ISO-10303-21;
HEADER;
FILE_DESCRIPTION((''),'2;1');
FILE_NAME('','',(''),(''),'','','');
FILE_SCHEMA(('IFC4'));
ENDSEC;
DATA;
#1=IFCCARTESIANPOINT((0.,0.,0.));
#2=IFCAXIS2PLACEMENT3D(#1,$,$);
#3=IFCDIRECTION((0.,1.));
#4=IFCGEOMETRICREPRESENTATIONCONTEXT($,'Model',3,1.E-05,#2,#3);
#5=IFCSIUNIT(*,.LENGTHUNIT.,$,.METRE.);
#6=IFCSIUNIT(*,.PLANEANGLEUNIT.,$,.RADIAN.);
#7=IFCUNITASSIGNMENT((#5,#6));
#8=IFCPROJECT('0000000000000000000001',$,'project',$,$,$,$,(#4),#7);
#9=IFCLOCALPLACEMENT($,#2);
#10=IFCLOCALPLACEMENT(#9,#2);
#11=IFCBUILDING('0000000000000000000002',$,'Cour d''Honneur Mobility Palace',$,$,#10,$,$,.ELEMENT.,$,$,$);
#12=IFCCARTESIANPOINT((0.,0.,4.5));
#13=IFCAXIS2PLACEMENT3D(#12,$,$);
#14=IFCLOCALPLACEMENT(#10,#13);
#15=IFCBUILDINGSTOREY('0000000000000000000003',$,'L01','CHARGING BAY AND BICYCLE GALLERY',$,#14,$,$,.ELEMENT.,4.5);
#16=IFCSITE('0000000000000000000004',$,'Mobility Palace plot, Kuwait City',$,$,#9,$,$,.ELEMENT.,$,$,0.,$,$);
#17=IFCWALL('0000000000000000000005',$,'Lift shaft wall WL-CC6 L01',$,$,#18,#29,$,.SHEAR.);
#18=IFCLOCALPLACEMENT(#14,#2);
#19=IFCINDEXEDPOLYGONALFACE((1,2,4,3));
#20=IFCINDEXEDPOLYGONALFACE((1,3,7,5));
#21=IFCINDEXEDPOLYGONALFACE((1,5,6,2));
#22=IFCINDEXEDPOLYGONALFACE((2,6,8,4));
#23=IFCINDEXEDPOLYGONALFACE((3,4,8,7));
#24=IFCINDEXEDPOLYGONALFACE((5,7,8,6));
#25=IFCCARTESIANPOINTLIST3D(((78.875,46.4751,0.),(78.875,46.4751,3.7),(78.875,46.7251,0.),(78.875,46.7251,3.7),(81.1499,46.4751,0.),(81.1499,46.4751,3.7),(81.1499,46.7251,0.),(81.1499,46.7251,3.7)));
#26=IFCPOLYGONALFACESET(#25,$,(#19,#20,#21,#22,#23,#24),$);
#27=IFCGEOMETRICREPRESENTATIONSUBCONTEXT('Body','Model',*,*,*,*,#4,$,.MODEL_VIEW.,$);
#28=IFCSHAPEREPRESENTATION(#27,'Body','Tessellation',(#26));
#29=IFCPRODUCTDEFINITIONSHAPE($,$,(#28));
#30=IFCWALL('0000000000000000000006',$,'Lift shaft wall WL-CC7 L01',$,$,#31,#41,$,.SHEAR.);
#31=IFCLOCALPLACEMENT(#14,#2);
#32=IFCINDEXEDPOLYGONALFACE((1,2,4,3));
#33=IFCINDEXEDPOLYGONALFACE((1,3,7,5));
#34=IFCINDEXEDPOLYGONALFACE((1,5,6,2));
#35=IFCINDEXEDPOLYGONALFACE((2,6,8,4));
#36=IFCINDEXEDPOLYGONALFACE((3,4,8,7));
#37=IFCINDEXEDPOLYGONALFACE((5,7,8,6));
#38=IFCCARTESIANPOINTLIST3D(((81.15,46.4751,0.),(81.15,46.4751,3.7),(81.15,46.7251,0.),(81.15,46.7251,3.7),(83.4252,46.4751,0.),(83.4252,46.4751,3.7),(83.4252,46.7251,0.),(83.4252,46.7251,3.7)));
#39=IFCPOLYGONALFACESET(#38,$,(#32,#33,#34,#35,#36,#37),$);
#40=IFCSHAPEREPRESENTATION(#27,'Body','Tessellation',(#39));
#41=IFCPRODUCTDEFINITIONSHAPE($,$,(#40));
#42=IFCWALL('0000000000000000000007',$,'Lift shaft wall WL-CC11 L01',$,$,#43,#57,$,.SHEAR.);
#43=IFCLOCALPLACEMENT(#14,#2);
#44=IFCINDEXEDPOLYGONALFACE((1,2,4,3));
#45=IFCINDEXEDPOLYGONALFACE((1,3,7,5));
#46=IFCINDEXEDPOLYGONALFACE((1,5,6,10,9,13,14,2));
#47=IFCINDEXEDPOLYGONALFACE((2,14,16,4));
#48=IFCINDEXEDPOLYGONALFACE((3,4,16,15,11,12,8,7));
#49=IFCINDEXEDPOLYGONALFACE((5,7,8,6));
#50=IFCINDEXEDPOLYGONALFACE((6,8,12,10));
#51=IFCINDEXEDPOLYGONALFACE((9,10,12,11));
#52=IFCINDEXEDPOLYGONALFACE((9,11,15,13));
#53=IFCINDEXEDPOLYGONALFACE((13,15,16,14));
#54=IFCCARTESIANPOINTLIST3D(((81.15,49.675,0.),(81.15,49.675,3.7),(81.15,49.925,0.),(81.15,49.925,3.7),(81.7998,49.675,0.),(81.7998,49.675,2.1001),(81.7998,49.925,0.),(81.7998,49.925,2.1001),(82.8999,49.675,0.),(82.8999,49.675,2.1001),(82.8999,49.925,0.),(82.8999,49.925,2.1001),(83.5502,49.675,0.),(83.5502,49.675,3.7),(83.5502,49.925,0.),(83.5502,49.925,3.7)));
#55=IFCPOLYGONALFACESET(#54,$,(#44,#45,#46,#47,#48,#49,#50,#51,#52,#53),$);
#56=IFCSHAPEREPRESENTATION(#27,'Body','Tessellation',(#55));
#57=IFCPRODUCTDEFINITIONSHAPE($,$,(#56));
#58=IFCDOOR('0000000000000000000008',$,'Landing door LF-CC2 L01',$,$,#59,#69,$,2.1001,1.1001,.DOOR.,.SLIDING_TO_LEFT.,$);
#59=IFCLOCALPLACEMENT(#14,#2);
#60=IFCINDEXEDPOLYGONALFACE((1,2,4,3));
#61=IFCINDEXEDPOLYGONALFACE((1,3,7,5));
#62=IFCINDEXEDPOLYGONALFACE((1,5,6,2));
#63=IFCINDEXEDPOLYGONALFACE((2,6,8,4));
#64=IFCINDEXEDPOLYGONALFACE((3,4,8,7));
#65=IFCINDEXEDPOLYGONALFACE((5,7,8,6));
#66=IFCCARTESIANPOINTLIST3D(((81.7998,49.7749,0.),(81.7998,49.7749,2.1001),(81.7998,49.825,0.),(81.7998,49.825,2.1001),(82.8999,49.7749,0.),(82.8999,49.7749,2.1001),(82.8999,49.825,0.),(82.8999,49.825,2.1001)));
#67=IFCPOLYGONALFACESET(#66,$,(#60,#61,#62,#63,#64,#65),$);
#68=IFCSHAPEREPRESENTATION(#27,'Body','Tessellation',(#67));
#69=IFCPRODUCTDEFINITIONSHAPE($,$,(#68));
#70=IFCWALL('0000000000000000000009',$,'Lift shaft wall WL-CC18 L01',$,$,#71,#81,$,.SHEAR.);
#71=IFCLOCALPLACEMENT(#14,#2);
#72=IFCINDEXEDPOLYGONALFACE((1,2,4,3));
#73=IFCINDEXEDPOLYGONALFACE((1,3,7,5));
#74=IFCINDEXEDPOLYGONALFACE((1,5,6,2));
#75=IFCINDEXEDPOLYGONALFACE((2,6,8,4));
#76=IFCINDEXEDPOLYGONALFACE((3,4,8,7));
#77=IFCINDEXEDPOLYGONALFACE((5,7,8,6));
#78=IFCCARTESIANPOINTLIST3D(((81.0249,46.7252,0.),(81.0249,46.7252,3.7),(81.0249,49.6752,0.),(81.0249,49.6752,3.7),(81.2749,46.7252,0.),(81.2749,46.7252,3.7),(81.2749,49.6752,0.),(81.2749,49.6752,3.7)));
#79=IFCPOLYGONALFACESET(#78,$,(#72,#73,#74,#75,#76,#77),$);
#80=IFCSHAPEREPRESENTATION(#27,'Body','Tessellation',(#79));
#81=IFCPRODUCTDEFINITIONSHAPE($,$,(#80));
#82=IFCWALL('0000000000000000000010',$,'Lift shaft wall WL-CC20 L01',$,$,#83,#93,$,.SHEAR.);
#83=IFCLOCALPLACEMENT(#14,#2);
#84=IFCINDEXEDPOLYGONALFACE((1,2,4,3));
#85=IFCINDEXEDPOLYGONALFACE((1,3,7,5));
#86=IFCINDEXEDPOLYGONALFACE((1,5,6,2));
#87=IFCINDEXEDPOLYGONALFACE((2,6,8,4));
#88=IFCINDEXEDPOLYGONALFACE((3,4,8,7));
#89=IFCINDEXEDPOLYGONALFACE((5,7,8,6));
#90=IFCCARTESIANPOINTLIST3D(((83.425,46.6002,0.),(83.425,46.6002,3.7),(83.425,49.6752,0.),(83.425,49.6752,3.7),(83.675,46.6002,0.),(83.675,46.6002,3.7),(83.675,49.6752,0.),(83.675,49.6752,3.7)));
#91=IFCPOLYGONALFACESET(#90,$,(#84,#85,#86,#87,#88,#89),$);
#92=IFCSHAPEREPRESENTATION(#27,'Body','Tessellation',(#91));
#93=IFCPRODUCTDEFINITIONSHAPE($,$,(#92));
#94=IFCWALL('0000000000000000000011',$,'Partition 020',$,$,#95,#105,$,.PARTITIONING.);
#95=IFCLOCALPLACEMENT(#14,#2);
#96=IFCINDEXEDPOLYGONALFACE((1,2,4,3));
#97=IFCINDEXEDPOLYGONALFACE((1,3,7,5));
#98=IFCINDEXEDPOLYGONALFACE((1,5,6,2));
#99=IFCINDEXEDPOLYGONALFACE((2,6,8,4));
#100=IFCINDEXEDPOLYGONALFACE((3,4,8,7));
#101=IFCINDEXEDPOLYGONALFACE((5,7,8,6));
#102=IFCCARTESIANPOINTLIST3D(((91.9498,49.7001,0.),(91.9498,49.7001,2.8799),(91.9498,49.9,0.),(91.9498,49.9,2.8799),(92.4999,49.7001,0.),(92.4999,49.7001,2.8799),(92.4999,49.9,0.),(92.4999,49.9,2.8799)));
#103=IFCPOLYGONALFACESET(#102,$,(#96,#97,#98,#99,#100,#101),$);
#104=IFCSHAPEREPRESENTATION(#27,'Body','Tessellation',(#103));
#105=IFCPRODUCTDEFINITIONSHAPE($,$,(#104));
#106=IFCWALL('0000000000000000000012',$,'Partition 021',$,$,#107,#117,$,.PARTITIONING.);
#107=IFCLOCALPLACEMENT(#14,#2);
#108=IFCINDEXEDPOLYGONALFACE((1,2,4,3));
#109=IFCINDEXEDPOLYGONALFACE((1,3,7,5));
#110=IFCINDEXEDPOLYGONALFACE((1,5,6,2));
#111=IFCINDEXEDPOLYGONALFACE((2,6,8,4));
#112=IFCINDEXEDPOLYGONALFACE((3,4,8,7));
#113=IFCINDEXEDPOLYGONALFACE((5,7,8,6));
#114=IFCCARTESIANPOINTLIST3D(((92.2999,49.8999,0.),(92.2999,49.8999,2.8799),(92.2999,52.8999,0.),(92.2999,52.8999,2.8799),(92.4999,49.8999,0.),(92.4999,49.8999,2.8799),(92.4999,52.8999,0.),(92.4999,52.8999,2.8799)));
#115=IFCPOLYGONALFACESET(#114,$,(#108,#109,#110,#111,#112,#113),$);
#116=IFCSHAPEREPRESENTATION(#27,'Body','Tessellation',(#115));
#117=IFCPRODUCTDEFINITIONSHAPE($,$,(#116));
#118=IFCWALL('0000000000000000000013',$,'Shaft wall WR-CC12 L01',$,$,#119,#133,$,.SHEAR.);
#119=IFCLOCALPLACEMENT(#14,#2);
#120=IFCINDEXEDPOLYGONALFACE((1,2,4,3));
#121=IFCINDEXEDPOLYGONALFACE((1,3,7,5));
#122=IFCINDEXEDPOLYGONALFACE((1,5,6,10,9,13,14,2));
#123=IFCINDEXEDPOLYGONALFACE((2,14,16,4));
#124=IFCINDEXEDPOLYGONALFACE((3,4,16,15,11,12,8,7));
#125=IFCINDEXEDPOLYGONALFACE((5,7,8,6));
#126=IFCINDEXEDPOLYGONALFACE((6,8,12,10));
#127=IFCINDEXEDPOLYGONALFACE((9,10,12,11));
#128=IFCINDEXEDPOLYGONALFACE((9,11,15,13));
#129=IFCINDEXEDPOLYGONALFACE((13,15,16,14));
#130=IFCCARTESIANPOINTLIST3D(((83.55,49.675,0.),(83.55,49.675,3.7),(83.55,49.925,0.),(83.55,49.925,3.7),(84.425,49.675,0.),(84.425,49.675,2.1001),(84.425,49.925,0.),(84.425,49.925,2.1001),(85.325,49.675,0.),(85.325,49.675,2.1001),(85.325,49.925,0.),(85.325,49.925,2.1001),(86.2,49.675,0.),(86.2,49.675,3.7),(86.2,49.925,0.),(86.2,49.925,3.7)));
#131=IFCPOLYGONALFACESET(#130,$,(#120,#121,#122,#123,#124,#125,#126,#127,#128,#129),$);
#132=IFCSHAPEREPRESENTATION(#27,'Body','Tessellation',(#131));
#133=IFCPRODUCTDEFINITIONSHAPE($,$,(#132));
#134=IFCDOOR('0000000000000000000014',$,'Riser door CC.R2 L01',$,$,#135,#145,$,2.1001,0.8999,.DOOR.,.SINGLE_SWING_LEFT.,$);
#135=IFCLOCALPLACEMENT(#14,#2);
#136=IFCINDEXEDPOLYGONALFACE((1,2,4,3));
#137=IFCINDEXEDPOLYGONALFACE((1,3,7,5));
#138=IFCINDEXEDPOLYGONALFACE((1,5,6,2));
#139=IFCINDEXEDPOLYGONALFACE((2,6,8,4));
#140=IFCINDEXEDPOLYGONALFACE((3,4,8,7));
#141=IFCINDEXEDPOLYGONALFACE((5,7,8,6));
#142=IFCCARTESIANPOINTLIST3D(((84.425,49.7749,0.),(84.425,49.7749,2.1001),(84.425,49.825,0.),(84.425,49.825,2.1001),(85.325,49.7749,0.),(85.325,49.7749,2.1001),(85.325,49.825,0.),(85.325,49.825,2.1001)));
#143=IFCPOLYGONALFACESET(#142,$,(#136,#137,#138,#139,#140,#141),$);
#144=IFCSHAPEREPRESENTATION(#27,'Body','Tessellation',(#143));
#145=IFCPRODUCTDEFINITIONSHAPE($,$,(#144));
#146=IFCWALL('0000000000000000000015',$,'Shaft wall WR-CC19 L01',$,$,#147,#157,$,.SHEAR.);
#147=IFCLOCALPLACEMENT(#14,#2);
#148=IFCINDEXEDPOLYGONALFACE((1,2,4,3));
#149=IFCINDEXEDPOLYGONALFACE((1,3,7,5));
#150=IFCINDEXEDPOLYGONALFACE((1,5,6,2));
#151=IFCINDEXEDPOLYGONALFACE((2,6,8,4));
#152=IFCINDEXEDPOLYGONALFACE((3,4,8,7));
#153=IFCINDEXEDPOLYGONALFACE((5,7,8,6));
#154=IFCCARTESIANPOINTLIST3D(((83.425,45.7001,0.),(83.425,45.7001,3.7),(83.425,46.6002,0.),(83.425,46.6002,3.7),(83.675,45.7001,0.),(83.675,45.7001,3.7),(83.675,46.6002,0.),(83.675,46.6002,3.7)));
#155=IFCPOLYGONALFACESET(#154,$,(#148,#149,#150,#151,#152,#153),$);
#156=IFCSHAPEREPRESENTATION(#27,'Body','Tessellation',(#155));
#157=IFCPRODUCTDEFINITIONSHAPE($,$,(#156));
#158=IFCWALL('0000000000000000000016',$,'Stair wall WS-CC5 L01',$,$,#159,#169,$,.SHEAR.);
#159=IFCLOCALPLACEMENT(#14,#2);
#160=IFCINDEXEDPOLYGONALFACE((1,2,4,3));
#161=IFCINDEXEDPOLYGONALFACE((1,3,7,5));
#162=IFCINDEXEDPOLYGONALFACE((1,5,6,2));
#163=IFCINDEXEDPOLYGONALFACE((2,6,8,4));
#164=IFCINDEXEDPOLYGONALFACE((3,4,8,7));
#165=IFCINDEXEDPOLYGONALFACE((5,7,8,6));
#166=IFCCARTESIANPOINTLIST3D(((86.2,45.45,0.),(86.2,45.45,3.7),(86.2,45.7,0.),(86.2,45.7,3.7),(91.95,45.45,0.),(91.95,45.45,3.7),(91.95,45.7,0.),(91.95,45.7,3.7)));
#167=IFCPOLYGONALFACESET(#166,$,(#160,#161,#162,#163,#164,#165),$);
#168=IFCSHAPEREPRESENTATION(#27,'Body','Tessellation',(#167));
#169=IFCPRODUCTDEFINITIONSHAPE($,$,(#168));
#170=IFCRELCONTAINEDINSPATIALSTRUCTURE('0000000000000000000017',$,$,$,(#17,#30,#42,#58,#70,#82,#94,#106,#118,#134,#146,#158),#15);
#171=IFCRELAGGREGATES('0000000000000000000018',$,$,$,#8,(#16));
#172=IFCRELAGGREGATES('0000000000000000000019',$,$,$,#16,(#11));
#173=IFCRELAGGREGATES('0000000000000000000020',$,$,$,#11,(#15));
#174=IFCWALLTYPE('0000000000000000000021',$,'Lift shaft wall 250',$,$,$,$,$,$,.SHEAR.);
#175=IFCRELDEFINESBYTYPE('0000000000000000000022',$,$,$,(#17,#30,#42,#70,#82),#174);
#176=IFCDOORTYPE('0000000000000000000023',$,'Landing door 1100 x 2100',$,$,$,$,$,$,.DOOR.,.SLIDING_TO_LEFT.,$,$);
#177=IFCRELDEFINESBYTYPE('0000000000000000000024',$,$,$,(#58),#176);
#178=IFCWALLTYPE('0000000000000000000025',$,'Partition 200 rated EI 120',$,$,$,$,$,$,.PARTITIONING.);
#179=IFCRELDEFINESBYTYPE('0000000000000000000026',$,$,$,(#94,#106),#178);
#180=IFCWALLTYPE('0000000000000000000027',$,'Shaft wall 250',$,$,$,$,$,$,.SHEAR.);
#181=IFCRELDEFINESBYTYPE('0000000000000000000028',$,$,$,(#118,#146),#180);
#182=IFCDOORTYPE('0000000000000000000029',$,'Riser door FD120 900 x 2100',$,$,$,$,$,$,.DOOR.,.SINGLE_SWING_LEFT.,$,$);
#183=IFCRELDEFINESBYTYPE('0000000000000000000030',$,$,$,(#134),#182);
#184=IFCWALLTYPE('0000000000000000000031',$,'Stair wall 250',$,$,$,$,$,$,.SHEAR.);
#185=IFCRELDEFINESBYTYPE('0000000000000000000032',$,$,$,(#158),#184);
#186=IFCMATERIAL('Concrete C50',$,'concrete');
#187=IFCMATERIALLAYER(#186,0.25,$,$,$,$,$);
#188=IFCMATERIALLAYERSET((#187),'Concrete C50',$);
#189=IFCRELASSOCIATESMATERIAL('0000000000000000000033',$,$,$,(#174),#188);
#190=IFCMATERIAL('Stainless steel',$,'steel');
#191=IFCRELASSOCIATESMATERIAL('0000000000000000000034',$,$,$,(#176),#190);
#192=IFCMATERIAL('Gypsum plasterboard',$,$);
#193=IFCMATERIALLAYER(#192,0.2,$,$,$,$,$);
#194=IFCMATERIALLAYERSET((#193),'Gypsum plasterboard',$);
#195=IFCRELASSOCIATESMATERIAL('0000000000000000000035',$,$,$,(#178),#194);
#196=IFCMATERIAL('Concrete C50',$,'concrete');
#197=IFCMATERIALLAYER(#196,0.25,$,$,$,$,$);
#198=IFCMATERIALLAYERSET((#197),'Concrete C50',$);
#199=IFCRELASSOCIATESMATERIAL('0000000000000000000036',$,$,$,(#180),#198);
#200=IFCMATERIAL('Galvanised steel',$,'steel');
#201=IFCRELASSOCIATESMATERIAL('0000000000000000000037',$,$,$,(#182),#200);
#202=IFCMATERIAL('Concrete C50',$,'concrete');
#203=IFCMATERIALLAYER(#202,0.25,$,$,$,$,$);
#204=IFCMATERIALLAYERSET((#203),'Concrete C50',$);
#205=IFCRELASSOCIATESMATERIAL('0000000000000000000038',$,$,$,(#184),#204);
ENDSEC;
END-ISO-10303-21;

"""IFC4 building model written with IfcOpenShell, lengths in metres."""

from ifc_helpers import new_model, si_unit, direction, frame, frame_2d, origin, place, context, subcontext, project, spatial, rectangle, extrude, material, layer, layer_set, type_object, element, fill, save


model = new_model("IFC4")

# Units and contexts
model_context = context("Model", 3, precision=1e-05, world=origin(), true_north=direction((0.0, 1.0)))
body_context = subcontext(model_context, "Body", "Model", "MODEL_VIEW")
ifc_project = project(units=[si_unit("LENGTHUNIT", "METRE"), si_unit("PLANEANGLEUNIT", "RADIAN")], contexts=[model_context])

# Site, building, storey
site_placement = place(None, origin())
site = spatial("IfcSite", under=ifc_project, at=site_placement, Name="Mobility Palace plot, Kuwait City", CompositionType="ELEMENT", RefElevation=0.0)
building_placement = place(site_placement, origin())
building = spatial("IfcBuilding", under=site, at=building_placement, Name="Cour d'Honneur Mobility Palace", CompositionType="ELEMENT")
storey_placement = place(building_placement, frame((0.0, 0.0, 4.5)))
storey = spatial("IfcBuildingStorey", under=building, at=storey_placement, Name="L01", Description="CHARGING BAY AND BICYCLE GALLERY", CompositionType="ELEMENT", Elevation=4.5)

# Walls
ifc_material_1 = material(Name="Concrete C50", Category="concrete")
ifc_layer_1 = layer(ifc_material_1, 0.25)
ifc_layer_set_1 = layer_set([ifc_layer_1], Name="Concrete C50")
wall_type_1 = type_object("IfcWallType", Name="Lift shaft wall 250", PredefinedType="SHEAR", material=ifc_layer_set_1)
wall_1_placement = place(storey_placement, frame((78.875, 46.6001, 0.0), z_axis=(0.0, 0.0, 1.0), x_axis=(1.0, 0.0, 0.0)))
element("IfcWall", 1, at=wall_1_placement, inside=storey, type_object=wall_type_1, Name="Lift shaft wall WL-CC6 L01", PredefinedType="SHEAR", context=body_context, shape_type="SweptSolid", body=[
    extrude(rectangle(XDim=2.2749, YDim=0.25, at=frame_2d((1.1375, 0.0))), origin(), (0.0, 0.0, 1.0), 3.7),
])
wall_2_placement = place(storey_placement, frame((81.1499, 46.6001, 0.0), z_axis=(0.0, 0.0, 1.0), x_axis=(1.0, 0.0, 0.0)))
element("IfcWall", 2, at=wall_2_placement, inside=storey, type_object=wall_type_1, Name="Lift shaft wall WL-CC7 L01", PredefinedType="SHEAR", context=body_context, shape_type="SweptSolid", body=[
    extrude(rectangle(XDim=2.2751, YDim=0.25, at=frame_2d((1.1377, 0.0))), origin(), (0.0, 0.0, 1.0), 3.7),
])

# Wall, opening, door
wall_3_placement = place(storey_placement, frame((81.1499, 49.8, 0.0), z_axis=(0.0, 0.0, 1.0), x_axis=(1.0, 0.0, 0.0)))
wall_3 = element("IfcWall", 3, at=wall_3_placement, inside=storey, type_object=wall_type_1, Name="Lift shaft wall WL-CC11 L01", PredefinedType="SHEAR", context=body_context, shape_type="SweptSolid", body=[
    extrude(rectangle(XDim=2.4001, YDim=0.25, at=frame_2d((1.2002, 0.0))), origin(), (0.0, 0.0, 1.0), 3.7),
])
opening_1_placement = place(wall_3_placement, frame((0.6499, 0.0, 0.0)))
opening_1 = element("IfcOpeningElement", 4, at=opening_1_placement, cuts=wall_3, PredefinedType="OPENING", context=body_context, shape_type="SweptSolid", body=[
    extrude(rectangle(XDim=1.1001, YDim=2.1001, at=frame_2d((0.55, 1.05))), frame((0.0, 0.135, 0.0), z_axis=(0.0, -1.0, 0.0), x_axis=(1.0, 0.0, 0.0)), (0.0, 0.0, 1.0), 0.27),
])
ifc_material_2 = material(Name="Stainless steel", Category="steel")
door_type_1 = type_object("IfcDoorType", Name="Landing door 1100 x 2100", OperationType="SLIDING_TO_LEFT", PredefinedType="DOOR", material=ifc_material_2)
door_1_placement = place(opening_1_placement, origin())
door_1 = element("IfcDoor", 5, at=door_1_placement, inside=storey, type_object=door_type_1, Name="Landing door LF-CC2 L01", OperationType="SLIDING_TO_LEFT", OverallHeight=2.1001, OverallWidth=1.1001, PredefinedType="DOOR", context=body_context, shape_type="SweptSolid", body=[
    extrude(rectangle(XDim=1.1001, YDim=2.1001, at=frame_2d((0.55, 1.05))), frame((0.0, 0.0249, 0.0), z_axis=(0.0, -1.0, 0.0), x_axis=(1.0, 0.0, 0.0)), (0.0, 0.0, 1.0), 0.05),
])
fill(opening_1, door_1)

# Walls
wall_4_placement = place(storey_placement, frame((81.1499, 46.7251, 0.0), z_axis=(0.0, 0.0, 1.0), x_axis=(0.0, 1.0, 0.0)))
element("IfcWall", 6, at=wall_4_placement, inside=storey, type_object=wall_type_1, Name="Lift shaft wall WL-CC18 L01", PredefinedType="SHEAR", context=body_context, shape_type="SweptSolid", body=[
    extrude(rectangle(XDim=2.95, YDim=0.25, at=frame_2d((1.4751, 0.0))), origin(), (0.0, 0.0, 1.0), 3.7),
])
wall_5_placement = place(storey_placement, frame((83.55, 46.6001, 0.0), z_axis=(0.0, 0.0, 1.0), x_axis=(0.0, 1.0, 0.0)))
element("IfcWall", 7, at=wall_5_placement, inside=storey, type_object=wall_type_1, Name="Lift shaft wall WL-CC20 L01", PredefinedType="SHEAR", context=body_context, shape_type="SweptSolid", body=[
    extrude(rectangle(XDim=3.075, YDim=0.25, at=frame_2d((1.5376, 0.0))), origin(), (0.0, 0.0, 1.0), 3.7),
])
ifc_material_3 = material(Name="Gypsum plasterboard")
ifc_layer_2 = layer(ifc_material_3, 0.2)
ifc_layer_set_2 = layer_set([ifc_layer_2], Name="Gypsum plasterboard")
wall_type_2 = type_object("IfcWallType", Name="Partition 200 rated EI 120", PredefinedType="PARTITIONING", material=ifc_layer_set_2)
wall_6_placement = place(storey_placement, frame((91.95, 49.8, 0.0), z_axis=(0.0, 0.0, 1.0), x_axis=(1.0, 0.0, 0.0)))
element("IfcWall", 8, at=wall_6_placement, inside=storey, type_object=wall_type_2, Name="Partition 020", PredefinedType="PARTITIONING", context=body_context, shape_type="SweptSolid", body=[
    extrude(rectangle(XDim=0.55, YDim=0.2, at=frame_2d((0.2749, 0.0))), origin(), (0.0, 0.0, 1.0), 2.8799),
])
wall_7_placement = place(storey_placement, frame((92.3999, 49.8999, 0.0), z_axis=(0.0, 0.0, 1.0), x_axis=(0.0, 1.0, 0.0)))
element("IfcWall", 9, at=wall_7_placement, inside=storey, type_object=wall_type_2, Name="Partition 021", PredefinedType="PARTITIONING", context=body_context, shape_type="SweptSolid", body=[
    extrude(rectangle(XDim=3.0, YDim=0.2, at=frame_2d((1.5, 0.0))), origin(), (0.0, 0.0, 1.0), 2.8799),
])

# Wall, opening, door
ifc_material_4 = material(Name="Concrete C50", Category="concrete")
ifc_layer_3 = layer(ifc_material_4, 0.25)
ifc_layer_set_3 = layer_set([ifc_layer_3], Name="Concrete C50")
wall_type_3 = type_object("IfcWallType", Name="Shaft wall 250", PredefinedType="SHEAR", material=ifc_layer_set_3)
wall_8_placement = place(storey_placement, frame((83.55, 49.8, 0.0), z_axis=(0.0, 0.0, 1.0), x_axis=(1.0, 0.0, 0.0)))
wall_8 = element("IfcWall", 10, at=wall_8_placement, inside=storey, type_object=wall_type_3, Name="Shaft wall WR-CC12 L01", PredefinedType="SHEAR", context=body_context, shape_type="SweptSolid", body=[
    extrude(rectangle(XDim=2.6499, YDim=0.25, at=frame_2d((1.325, 0.0))), origin(), (0.0, 0.0, 1.0), 3.7),
])
opening_2_placement = place(wall_8_placement, frame((0.875, 0.0, 0.0)))
opening_2 = element("IfcOpeningElement", 11, at=opening_2_placement, cuts=wall_8, PredefinedType="OPENING", context=body_context, shape_type="SweptSolid", body=[
    extrude(rectangle(XDim=0.8999, YDim=2.1001, at=frame_2d((0.45, 1.05))), frame((0.0, 0.135, 0.0), z_axis=(0.0, -1.0, 0.0), x_axis=(1.0, 0.0, 0.0)), (0.0, 0.0, 1.0), 0.27),
])
ifc_material_5 = material(Name="Galvanised steel", Category="steel")
door_type_2 = type_object("IfcDoorType", Name="Riser door FD120 900 x 2100", OperationType="SINGLE_SWING_LEFT", PredefinedType="DOOR", material=ifc_material_5)
door_2_placement = place(opening_2_placement, origin())
door_2 = element("IfcDoor", 12, at=door_2_placement, inside=storey, type_object=door_type_2, Name="Riser door CC.R2 L01", OperationType="SINGLE_SWING_LEFT", OverallHeight=2.1001, OverallWidth=0.8999, PredefinedType="DOOR", context=body_context, shape_type="SweptSolid", body=[
    extrude(rectangle(XDim=0.8999, YDim=2.1001, at=frame_2d((0.45, 1.05))), frame((0.0, 0.0249, 0.0), z_axis=(0.0, -1.0, 0.0), x_axis=(1.0, 0.0, 0.0)), (0.0, 0.0, 1.0), 0.05),
])
fill(opening_2, door_2)

# Walls
wall_9_placement = place(storey_placement, frame((83.55, 45.7, 0.0), z_axis=(0.0, 0.0, 1.0), x_axis=(0.0, 1.0, 0.0)))
element("IfcWall", 13, at=wall_9_placement, inside=storey, type_object=wall_type_3, Name="Shaft wall WR-CC19 L01", PredefinedType="SHEAR", context=body_context, shape_type="SweptSolid", body=[
    extrude(rectangle(XDim=0.9001, YDim=0.25, at=frame_2d((0.4502, 0.0))), origin(), (0.0, 0.0, 1.0), 3.7),
])
ifc_material_6 = material(Name="Concrete C50", Category="concrete")
ifc_layer_4 = layer(ifc_material_6, 0.25)
ifc_layer_set_4 = layer_set([ifc_layer_4], Name="Concrete C50")
wall_type_4 = type_object("IfcWallType", Name="Stair wall 250", PredefinedType="SHEAR", material=ifc_layer_set_4)
wall_10_placement = place(storey_placement, frame((86.2, 45.575, 0.0), z_axis=(0.0, 0.0, 1.0), x_axis=(1.0, 0.0, 0.0)))
element("IfcWall", 14, at=wall_10_placement, inside=storey, type_object=wall_type_4, Name="Stair wall WS-CC5 L01", PredefinedType="SHEAR", context=body_context, shape_type="SweptSolid", body=[
    extrude(rectangle(XDim=5.75, YDim=0.25, at=frame_2d((2.875, 0.0))), origin(), (0.0, 0.0, 1.0), 3.7),
])

save(model, "model.ifc")
